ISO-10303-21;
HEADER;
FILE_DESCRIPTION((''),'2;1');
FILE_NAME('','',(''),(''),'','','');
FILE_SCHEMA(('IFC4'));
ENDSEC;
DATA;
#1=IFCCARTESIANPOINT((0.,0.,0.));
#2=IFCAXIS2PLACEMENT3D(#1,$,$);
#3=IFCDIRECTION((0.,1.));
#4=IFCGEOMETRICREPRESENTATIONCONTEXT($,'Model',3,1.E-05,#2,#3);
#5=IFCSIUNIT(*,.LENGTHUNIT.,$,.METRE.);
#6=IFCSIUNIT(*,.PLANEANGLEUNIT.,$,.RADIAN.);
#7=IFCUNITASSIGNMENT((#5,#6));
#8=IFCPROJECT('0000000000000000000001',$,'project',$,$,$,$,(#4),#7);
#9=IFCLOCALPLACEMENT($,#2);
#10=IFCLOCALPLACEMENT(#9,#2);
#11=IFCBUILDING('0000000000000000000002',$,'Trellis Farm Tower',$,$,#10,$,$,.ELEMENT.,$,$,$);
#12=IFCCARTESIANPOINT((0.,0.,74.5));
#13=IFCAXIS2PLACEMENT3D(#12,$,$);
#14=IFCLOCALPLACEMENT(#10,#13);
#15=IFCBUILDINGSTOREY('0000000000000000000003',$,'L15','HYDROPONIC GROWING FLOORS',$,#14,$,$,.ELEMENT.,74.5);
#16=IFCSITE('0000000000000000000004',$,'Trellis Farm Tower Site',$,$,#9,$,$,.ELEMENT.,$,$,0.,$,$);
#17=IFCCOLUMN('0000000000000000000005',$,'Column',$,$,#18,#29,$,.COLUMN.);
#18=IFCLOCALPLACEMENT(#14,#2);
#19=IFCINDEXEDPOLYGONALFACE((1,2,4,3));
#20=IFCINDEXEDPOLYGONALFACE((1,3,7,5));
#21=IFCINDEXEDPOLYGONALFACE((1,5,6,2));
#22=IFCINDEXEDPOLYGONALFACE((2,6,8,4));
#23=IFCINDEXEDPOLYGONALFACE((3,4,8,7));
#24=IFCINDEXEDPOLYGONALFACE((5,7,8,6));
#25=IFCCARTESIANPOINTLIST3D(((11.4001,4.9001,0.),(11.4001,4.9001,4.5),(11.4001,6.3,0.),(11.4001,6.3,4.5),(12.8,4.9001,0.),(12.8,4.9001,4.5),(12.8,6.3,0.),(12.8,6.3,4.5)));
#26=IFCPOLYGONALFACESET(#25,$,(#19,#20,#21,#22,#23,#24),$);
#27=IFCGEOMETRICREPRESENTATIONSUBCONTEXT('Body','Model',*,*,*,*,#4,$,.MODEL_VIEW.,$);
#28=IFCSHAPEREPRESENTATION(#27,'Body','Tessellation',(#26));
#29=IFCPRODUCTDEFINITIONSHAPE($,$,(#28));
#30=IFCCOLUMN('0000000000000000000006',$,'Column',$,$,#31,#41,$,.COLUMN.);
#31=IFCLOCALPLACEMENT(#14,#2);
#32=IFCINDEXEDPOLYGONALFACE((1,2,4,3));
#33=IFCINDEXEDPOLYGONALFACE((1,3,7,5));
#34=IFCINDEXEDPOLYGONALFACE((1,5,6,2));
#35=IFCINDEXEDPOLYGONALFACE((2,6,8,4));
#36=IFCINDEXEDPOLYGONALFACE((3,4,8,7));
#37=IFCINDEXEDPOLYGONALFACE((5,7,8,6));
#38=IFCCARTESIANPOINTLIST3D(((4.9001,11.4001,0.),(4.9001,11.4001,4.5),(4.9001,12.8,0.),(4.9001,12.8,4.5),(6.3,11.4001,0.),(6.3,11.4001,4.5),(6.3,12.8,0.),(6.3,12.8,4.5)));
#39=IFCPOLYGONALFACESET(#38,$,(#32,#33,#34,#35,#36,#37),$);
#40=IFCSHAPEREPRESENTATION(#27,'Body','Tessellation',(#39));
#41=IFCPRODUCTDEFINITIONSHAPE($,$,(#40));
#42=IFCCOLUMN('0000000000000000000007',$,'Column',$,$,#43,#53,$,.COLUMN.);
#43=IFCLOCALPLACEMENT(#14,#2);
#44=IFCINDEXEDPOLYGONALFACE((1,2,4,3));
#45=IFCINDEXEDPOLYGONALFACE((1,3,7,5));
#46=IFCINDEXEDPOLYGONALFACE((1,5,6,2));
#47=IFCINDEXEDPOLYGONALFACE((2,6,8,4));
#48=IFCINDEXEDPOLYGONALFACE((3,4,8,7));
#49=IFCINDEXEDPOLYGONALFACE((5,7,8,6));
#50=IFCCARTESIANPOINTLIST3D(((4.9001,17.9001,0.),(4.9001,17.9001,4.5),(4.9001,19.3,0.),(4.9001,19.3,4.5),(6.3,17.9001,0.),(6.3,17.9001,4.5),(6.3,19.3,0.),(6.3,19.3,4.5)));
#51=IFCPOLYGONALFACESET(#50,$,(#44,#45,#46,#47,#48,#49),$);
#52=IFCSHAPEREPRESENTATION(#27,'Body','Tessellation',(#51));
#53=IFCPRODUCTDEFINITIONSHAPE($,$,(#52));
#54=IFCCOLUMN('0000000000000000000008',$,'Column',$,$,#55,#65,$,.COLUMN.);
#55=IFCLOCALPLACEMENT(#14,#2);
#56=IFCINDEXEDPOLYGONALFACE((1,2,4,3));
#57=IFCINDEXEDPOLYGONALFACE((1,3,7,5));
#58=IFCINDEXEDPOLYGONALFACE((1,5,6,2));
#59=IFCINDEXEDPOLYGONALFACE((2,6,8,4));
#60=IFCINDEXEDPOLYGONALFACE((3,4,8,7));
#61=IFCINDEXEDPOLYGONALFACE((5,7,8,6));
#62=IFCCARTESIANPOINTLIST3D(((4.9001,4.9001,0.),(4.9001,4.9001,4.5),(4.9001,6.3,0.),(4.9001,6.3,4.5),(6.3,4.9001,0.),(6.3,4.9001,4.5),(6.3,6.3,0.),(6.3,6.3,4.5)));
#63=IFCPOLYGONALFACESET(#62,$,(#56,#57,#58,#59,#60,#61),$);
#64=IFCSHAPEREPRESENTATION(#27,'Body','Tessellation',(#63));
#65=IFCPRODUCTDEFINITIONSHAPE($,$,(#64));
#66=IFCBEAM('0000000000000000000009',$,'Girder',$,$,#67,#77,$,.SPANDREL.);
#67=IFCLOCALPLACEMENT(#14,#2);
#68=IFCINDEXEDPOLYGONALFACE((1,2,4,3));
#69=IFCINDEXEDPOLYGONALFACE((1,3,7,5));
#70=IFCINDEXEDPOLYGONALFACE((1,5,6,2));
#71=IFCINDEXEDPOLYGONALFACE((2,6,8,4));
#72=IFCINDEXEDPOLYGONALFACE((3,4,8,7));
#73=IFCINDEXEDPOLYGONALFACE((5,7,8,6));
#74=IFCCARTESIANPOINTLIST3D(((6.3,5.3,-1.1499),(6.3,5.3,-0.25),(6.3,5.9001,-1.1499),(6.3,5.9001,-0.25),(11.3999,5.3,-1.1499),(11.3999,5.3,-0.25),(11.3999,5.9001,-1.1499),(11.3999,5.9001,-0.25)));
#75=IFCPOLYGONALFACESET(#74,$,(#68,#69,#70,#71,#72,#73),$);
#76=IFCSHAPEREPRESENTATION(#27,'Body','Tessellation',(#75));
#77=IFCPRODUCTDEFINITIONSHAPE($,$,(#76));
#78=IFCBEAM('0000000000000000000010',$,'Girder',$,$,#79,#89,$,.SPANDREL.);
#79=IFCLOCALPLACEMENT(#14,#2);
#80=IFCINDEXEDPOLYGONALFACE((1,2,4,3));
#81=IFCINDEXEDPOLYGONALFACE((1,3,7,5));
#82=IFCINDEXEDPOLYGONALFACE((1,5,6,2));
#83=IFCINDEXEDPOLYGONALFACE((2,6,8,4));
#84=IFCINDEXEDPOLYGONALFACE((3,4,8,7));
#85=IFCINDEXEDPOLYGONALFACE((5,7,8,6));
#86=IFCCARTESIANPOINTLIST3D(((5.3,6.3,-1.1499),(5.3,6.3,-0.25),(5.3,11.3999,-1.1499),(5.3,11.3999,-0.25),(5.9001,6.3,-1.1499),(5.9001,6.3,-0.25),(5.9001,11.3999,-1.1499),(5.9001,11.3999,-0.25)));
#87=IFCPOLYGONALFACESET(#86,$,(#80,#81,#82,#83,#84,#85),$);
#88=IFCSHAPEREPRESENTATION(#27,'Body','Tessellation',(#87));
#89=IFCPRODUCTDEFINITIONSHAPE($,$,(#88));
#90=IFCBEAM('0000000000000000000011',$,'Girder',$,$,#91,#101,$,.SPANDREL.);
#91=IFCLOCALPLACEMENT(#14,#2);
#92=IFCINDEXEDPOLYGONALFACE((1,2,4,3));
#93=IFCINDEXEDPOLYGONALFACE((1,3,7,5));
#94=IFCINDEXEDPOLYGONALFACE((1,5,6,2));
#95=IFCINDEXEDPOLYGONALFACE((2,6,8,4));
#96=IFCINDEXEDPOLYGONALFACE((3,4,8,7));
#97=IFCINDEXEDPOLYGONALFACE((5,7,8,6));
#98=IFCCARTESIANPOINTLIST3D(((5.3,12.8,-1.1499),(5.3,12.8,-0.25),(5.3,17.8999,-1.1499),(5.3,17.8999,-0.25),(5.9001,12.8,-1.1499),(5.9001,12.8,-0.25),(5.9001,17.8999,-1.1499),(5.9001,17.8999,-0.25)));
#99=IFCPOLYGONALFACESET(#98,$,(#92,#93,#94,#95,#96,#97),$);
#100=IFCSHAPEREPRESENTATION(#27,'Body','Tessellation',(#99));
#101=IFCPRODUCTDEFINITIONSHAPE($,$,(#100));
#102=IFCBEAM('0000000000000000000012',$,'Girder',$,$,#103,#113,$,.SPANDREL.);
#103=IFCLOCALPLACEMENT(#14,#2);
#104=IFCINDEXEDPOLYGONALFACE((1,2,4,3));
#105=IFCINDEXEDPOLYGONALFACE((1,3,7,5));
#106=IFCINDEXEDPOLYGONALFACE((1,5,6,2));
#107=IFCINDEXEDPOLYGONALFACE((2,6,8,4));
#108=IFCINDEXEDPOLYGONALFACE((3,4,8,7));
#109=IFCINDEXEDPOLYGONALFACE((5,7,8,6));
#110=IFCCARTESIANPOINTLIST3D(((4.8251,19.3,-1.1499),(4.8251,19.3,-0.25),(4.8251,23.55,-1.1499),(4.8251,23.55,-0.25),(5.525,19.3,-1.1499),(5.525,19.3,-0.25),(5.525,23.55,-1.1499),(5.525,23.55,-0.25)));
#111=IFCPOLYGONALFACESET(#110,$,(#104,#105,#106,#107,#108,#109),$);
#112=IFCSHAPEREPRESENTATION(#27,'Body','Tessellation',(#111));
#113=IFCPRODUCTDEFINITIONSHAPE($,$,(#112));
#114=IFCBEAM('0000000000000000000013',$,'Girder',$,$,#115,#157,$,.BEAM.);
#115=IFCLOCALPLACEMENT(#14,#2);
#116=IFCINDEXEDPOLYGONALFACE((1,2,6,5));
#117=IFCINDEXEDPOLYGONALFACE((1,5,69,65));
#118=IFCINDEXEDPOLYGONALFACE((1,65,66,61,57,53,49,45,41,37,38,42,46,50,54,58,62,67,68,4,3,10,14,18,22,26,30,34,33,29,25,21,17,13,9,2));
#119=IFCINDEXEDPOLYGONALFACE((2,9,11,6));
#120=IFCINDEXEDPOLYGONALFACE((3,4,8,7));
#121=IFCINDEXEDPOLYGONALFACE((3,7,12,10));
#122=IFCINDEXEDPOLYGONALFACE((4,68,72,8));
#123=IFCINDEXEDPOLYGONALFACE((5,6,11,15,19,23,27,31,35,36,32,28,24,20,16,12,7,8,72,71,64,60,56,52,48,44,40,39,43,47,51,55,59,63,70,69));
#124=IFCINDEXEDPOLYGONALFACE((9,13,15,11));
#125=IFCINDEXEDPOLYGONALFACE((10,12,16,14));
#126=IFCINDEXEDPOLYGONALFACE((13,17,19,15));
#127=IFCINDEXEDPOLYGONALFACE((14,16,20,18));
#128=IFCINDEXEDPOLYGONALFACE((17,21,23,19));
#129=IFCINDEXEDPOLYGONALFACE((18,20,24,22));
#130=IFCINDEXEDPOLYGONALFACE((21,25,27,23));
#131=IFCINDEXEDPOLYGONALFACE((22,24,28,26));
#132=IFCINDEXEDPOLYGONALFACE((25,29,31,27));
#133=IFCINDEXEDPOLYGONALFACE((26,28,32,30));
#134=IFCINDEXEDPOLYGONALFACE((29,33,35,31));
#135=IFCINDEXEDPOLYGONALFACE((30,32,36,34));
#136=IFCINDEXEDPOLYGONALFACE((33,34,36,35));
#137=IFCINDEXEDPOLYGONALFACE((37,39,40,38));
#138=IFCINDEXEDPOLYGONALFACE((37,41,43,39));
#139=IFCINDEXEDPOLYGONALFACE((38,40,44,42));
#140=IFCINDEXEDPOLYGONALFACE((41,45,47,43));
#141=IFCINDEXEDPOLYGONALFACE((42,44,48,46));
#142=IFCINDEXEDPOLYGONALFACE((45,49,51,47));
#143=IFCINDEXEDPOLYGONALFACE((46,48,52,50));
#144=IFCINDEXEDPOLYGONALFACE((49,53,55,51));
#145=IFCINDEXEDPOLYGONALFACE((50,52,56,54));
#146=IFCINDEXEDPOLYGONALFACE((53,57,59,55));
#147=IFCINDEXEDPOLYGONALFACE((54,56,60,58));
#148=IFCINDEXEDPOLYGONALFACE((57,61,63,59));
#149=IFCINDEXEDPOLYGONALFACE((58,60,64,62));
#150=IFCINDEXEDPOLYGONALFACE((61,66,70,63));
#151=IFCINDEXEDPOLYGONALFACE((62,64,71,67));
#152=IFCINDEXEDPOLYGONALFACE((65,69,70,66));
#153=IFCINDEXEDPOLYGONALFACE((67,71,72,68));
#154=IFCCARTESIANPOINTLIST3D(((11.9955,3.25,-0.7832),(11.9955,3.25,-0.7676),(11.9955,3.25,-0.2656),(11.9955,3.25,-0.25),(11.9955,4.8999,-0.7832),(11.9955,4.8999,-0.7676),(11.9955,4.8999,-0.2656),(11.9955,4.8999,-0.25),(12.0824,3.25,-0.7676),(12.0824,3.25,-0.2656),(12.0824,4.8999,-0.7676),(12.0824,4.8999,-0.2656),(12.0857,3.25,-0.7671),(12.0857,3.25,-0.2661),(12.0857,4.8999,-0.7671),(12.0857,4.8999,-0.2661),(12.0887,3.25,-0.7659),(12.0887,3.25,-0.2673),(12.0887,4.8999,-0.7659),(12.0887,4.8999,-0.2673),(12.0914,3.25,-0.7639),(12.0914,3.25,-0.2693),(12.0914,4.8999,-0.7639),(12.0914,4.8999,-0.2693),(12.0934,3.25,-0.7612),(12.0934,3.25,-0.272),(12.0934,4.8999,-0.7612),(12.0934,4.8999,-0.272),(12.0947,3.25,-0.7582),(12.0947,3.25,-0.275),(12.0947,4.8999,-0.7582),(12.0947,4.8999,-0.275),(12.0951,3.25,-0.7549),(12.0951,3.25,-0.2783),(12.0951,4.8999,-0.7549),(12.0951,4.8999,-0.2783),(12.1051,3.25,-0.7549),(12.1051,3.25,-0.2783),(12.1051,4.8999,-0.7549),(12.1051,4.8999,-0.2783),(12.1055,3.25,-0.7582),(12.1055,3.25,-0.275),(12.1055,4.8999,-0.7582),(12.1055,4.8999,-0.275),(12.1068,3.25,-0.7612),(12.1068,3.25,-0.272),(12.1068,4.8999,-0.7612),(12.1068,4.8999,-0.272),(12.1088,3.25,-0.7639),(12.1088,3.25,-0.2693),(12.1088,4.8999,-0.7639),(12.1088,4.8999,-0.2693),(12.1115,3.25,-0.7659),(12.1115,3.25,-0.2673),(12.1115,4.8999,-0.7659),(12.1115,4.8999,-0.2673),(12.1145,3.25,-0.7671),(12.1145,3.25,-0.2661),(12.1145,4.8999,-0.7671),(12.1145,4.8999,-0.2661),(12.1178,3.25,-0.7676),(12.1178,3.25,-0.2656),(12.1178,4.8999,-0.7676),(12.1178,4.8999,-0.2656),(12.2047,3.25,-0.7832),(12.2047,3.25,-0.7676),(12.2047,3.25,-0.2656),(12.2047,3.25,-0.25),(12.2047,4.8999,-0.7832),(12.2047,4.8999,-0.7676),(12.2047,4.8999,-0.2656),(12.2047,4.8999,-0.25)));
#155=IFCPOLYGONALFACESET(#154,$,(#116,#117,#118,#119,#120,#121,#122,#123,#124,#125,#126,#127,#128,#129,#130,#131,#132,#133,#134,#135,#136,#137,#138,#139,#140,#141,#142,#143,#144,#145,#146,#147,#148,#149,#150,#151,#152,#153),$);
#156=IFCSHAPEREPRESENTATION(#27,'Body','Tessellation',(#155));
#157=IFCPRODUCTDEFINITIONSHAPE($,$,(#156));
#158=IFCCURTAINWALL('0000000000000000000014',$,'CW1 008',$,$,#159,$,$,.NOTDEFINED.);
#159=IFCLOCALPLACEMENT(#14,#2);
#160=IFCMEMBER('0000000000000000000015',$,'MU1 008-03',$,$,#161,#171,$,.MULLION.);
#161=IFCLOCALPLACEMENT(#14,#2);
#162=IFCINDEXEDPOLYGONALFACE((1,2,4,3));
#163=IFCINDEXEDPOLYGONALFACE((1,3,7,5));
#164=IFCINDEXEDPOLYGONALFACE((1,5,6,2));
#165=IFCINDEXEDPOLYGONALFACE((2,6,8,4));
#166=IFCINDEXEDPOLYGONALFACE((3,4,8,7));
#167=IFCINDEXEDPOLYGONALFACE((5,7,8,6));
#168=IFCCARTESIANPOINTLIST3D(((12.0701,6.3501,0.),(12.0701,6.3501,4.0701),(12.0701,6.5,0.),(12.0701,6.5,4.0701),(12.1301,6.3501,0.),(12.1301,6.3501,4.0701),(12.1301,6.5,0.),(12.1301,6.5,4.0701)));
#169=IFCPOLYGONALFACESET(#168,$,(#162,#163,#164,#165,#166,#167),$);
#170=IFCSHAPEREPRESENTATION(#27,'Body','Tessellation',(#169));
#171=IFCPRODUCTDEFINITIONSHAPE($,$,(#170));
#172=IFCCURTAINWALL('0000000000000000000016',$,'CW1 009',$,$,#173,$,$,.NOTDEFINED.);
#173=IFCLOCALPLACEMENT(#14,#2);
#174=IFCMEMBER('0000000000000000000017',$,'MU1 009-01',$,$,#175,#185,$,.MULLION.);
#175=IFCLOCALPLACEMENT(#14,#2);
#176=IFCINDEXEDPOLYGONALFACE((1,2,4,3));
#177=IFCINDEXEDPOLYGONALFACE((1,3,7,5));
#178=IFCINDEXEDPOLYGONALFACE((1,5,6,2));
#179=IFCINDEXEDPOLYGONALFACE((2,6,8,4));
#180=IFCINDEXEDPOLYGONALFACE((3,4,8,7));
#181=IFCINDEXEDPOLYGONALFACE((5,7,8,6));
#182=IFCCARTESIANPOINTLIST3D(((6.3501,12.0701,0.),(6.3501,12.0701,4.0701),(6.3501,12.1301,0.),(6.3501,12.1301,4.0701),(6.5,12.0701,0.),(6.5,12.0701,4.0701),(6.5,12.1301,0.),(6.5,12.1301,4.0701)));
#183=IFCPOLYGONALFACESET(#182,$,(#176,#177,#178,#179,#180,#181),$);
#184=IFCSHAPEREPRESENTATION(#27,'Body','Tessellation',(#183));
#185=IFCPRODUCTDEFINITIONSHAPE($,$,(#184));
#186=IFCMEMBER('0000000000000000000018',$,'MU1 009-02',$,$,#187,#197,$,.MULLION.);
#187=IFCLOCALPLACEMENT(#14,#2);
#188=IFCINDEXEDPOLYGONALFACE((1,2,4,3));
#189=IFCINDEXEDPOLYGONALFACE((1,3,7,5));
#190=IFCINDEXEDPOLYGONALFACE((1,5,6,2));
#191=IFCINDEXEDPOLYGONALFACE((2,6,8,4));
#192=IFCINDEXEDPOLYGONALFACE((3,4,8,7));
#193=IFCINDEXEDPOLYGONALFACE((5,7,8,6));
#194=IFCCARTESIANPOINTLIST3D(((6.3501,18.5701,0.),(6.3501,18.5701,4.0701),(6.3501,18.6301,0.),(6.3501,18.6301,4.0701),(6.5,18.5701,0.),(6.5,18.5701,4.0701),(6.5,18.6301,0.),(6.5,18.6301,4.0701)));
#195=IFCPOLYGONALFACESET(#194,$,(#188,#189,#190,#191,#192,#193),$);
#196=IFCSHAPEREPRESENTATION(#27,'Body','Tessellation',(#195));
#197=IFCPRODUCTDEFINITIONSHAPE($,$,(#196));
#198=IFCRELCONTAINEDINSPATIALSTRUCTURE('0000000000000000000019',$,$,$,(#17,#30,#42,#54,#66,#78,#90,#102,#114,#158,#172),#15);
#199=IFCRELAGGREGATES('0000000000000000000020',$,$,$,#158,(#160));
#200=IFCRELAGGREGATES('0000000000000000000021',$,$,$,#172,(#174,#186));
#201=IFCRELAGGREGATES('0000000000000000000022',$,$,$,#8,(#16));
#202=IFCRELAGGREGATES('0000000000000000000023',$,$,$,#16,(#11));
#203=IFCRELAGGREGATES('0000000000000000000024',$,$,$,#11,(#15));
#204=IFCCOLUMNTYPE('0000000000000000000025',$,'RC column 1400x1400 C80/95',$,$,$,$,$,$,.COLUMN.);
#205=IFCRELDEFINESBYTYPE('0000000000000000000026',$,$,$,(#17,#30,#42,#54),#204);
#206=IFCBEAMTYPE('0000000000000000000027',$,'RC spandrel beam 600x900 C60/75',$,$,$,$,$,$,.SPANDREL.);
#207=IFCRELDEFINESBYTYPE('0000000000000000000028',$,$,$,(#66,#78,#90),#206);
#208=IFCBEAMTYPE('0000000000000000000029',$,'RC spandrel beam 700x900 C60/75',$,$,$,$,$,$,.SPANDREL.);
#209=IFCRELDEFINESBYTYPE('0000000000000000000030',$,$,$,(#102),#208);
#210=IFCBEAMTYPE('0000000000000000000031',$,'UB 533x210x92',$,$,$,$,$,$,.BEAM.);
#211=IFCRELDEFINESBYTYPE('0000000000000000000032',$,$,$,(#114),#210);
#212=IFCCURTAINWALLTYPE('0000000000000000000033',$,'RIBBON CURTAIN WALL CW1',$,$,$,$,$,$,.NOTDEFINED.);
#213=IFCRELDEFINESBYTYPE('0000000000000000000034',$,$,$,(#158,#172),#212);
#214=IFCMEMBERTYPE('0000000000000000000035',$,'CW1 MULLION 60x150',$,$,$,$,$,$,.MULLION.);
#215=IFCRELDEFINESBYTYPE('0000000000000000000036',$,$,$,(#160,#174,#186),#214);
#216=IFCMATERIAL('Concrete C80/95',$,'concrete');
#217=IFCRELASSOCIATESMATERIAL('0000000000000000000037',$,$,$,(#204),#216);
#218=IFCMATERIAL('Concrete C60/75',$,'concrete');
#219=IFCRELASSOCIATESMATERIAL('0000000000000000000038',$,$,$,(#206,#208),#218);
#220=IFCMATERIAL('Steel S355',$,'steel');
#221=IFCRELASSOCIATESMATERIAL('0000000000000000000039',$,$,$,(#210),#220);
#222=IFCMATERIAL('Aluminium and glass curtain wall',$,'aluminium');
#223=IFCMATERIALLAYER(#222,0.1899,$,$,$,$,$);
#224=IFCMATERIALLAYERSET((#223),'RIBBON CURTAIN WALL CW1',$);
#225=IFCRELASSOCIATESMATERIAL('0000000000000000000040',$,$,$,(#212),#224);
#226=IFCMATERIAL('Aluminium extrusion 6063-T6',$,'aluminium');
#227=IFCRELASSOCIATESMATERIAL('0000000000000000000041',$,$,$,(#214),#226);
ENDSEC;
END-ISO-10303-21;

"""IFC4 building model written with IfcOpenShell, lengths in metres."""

from ifc_helpers import new_model, si_unit, direction, frame, origin, origin_2d, place, context, subcontext, project, spatial, rectangle, i_section, extrude, source, transform, mapped, material, layer, layer_set, material_profile, profile_set, type_object, element, aggregate, save


model = new_model("IFC4")

# Units and contexts
model_context = context("Model", 3, precision=1e-05, world=origin(), true_north=direction((0.0, 1.0)))
body_context = subcontext(model_context, "Body", "Model", "MODEL_VIEW")
ifc_project = project(units=[si_unit("LENGTHUNIT", "METRE"), si_unit("PLANEANGLEUNIT", "RADIAN")], contexts=[model_context])

# Site, building, storey
site_placement = place(None, origin())
site = spatial("IfcSite", under=ifc_project, at=site_placement, Name="Trellis Farm Tower Site", CompositionType="ELEMENT", RefElevation=0.0)
building_placement = place(site_placement, origin())
building = spatial("IfcBuilding", under=site, at=building_placement, Name="Trellis Farm Tower", CompositionType="ELEMENT")
storey_placement = place(building_placement, frame((0.0, 0.0, 74.5)))
storey = spatial("IfcBuildingStorey", under=building, at=storey_placement, Name="L15", Description="HYDROPONIC GROWING FLOORS", CompositionType="ELEMENT", Elevation=74.5)

# Columns
ifc_material_1 = material(Name="Concrete C80/95", Category="concrete")
ifc_material_profile_1 = material_profile(ifc_material_1, rectangle(XDim=1.3999, YDim=1.3999, at=origin_2d()), Name="RC column 1400x1400 C80/95")
ifc_profile_set_1 = profile_set([ifc_material_profile_1], Name="Concrete C80/95")
column_type = type_object("IfcColumnType", Name="RC column 1400x1400 C80/95", PredefinedType="COLUMN", material=ifc_profile_set_1)
shared_shape_1 = source(origin(), body_context, "Body", "SweptSolid", [
    extrude(rectangle(XDim=1.3999, YDim=1.3999, at=origin_2d()), origin(), (0.0, 0.0, 1.0), 4.5),
])
for number, where, z_axis, x_axis, name in (
    (1, (12.1001, 5.6001, 0.0), (0.0, 0.0, 1.0), (1.0, 0.0, 0.0), "Column"),
    (2, (5.6001, 12.1001, 0.0), (0.0, 0.0, 1.0), (1.0, 0.0, 0.0), "Column"),
    (3, (5.6001, 18.6001, 0.0), (0.0, 0.0, 1.0), (1.0, 0.0, 0.0), "Column"),
    (4, (5.6001, 5.6001, 0.0), (0.0, 0.0, 1.0), (1.0, 0.0, 0.0), "Column"),
):
    element("IfcColumn", number, at=place(storey_placement, frame(where, z_axis=z_axis, x_axis=x_axis)), inside=storey, type_object=column_type, Name=name, PredefinedType="COLUMN", context=body_context, shape_type="MappedRepresentation", body=[
        mapped(shared_shape_1, transform((0.0, 0.0, 0.0))),
    ])

# Beams
ifc_material_2 = material(Name="Concrete C60/75", Category="concrete")
ifc_material_profile_2 = material_profile(ifc_material_2, rectangle(XDim=0.6001, YDim=0.8999, at=origin_2d()), Name="RC spandrel beam 600x900 C60/75")
ifc_profile_set_2 = profile_set([ifc_material_profile_2], Name="Concrete C60/75")
beam_type_1 = type_object("IfcBeamType", Name="RC spandrel beam 600x900 C60/75", PredefinedType="SPANDREL", material=ifc_profile_set_2)
shared_shape_2 = source(origin(), body_context, "Body", "SweptSolid", [
    extrude(rectangle(XDim=0.6001, YDim=0.8999, at=origin_2d()), origin(), (0.0, 0.0, 1.0), 5.0999),
])
for number, where, z_axis, x_axis, name in (
    (5, (6.3, 5.6001, -0.7), (1.0, 0.0, 0.0), (0.0, 1.0, 0.0), "Girder"),
    (6, (5.6001, 6.3, -0.7), (0.0, 1.0, 0.0), (-1.0, 0.0, 0.0), "Girder"),
    (7, (5.6001, 12.8, -0.7), (0.0, 1.0, 0.0), (-1.0, 0.0, 0.0), "Girder"),
):
    element("IfcBeam", number, at=place(storey_placement, frame(where, z_axis=z_axis, x_axis=x_axis)), inside=storey, type_object=beam_type_1, Name=name, PredefinedType="SPANDREL", context=body_context, shape_type="MappedRepresentation", body=[
        mapped(shared_shape_2, transform((0.0, 0.0, 0.0))),
    ])
ifc_material_profile_3 = material_profile(ifc_material_2, rectangle(XDim=0.7, YDim=0.8999, at=origin_2d()), Name="RC spandrel beam 700x900 C60/75")
ifc_profile_set_3 = profile_set([ifc_material_profile_3], Name="Concrete C60/75")
beam_type_2 = type_object("IfcBeamType", Name="RC spandrel beam 700x900 C60/75", PredefinedType="SPANDREL", material=ifc_profile_set_3)
shared_shape_3 = source(origin(), body_context, "Body", "SweptSolid", [
    extrude(rectangle(XDim=0.7, YDim=0.8999, at=origin_2d()), origin(), (0.0, 0.0, 1.0), 4.25),
])
beam_1_placement = place(storey_placement, frame((5.175, 19.3, -0.7), z_axis=(0.0, 1.0, 0.0), x_axis=(-1.0, 0.0, 0.0)))
element("IfcBeam", 8, at=beam_1_placement, inside=storey, type_object=beam_type_2, Name="Girder", PredefinedType="SPANDREL", context=body_context, shape_type="MappedRepresentation", body=[
    mapped(shared_shape_3, transform((0.0, 0.0, 0.0))),
])
ifc_material_3 = material(Name="Steel S355", Category="steel")
ifc_material_profile_4 = material_profile(ifc_material_3, i_section(OverallWidth=0.2092, OverallDepth=0.5332, WebThickness=0.01, FlangeThickness=0.0156, FilletRadius=0.0127, at=origin_2d()), Name="UB 533x210x92")
ifc_profile_set_4 = profile_set([ifc_material_profile_4], Name="Steel S355")
beam_type_3 = type_object("IfcBeamType", Name="UB 533x210x92", PredefinedType="BEAM", material=ifc_profile_set_4)
shared_shape_4 = source(origin(), body_context, "Body", "SweptSolid", [
    extrude(i_section(OverallWidth=0.2092, OverallDepth=0.5332, WebThickness=0.01, FlangeThickness=0.0156, FilletRadius=0.0127, at=origin_2d()), origin(), (0.0, 0.0, 1.0), 1.6499),
])
beam_2_placement = place(storey_placement, frame((12.1001, 3.25, -0.5166), z_axis=(0.0, 1.0, 0.0), x_axis=(-1.0, 0.0, 0.0)))
element("IfcBeam", 9, at=beam_2_placement, inside=storey, type_object=beam_type_3, Name="Girder", PredefinedType="BEAM", context=body_context, shape_type="MappedRepresentation", body=[
    mapped(shared_shape_4, transform((0.0, 0.0, 0.0))),
])

# Curtain wall, member
ifc_material_4 = material(Name="Aluminium and glass curtain wall", Category="aluminium")
ifc_layer_1 = layer(ifc_material_4, 0.1899)
ifc_layer_set_1 = layer_set([ifc_layer_1], Name="RIBBON CURTAIN WALL CW1")
curtain_wall_type_1 = type_object("IfcCurtainWallType", Name="RIBBON CURTAIN WALL CW1", PredefinedType="NOTDEFINED", material=ifc_layer_set_1)
placement = place(storey_placement, origin())
curtain_wall_1 = element("IfcCurtainWall", 10, at=placement, inside=storey, type_object=curtain_wall_type_1, Name="CW1 008", PredefinedType="NOTDEFINED")
ifc_material_5 = material(Name="Aluminium extrusion 6063-T6", Category="aluminium")
ifc_material_profile_5 = material_profile(ifc_material_5, rectangle(XDim=0.0601, YDim=0.1499, at=origin_2d()), Name="MULLION 60x150")
ifc_profile_set_5 = profile_set([ifc_material_profile_5], Name="Aluminium extrusion 6063-T6")
member_type_1 = type_object("IfcMemberType", Name="CW1 MULLION 60x150", PredefinedType="MULLION", material=ifc_profile_set_5)
shared_shape_5 = source(origin(), body_context, "Body", "SweptSolid", [
    extrude(rectangle(XDim=0.0601, YDim=0.1499, at=origin_2d()), origin(), (0.0, 0.0, 1.0), 4.0701),
])
member_1_placement = place(storey_placement, frame((12.1001, 6.425, 0.0), z_axis=(0.0, 0.0, 1.0), x_axis=(-1.0, 0.0, 0.0)))
member_1 = element("IfcMember", 11, at=member_1_placement, type_object=member_type_1, Name="MU1 008-03", PredefinedType="MULLION", context=body_context, shape_type="MappedRepresentation", body=[
    mapped(shared_shape_5, transform((0.0, 0.0, 0.0))),
])
aggregate(curtain_wall_1, [member_1])

# Curtain wall, members
curtain_wall_2 = element("IfcCurtainWall", 12, at=placement, inside=storey, type_object=curtain_wall_type_1, Name="CW1 009", PredefinedType="NOTDEFINED")
member_2_placement = place(storey_placement, frame((6.425, 12.1001, 0.0), z_axis=(0.0, 0.0, 1.0), x_axis=(0.0, 1.0, 0.0)))
member_2 = element("IfcMember", 13, at=member_2_placement, type_object=member_type_1, Name="MU1 009-01", PredefinedType="MULLION", context=body_context, shape_type="MappedRepresentation", body=[
    mapped(shared_shape_5, transform((0.0, 0.0, 0.0))),
])
member_3_placement = place(storey_placement, frame((6.425, 18.6001, 0.0), z_axis=(0.0, 0.0, 1.0), x_axis=(0.0, 1.0, 0.0)))
member_3 = element("IfcMember", 14, at=member_3_placement, type_object=member_type_1, Name="MU1 009-02", PredefinedType="MULLION", context=body_context, shape_type="MappedRepresentation", body=[
    mapped(shared_shape_5, transform((0.0, 0.0, 0.0))),
])
aggregate(curtain_wall_2, [member_2, member_3])

save(model, "model.ifc")
